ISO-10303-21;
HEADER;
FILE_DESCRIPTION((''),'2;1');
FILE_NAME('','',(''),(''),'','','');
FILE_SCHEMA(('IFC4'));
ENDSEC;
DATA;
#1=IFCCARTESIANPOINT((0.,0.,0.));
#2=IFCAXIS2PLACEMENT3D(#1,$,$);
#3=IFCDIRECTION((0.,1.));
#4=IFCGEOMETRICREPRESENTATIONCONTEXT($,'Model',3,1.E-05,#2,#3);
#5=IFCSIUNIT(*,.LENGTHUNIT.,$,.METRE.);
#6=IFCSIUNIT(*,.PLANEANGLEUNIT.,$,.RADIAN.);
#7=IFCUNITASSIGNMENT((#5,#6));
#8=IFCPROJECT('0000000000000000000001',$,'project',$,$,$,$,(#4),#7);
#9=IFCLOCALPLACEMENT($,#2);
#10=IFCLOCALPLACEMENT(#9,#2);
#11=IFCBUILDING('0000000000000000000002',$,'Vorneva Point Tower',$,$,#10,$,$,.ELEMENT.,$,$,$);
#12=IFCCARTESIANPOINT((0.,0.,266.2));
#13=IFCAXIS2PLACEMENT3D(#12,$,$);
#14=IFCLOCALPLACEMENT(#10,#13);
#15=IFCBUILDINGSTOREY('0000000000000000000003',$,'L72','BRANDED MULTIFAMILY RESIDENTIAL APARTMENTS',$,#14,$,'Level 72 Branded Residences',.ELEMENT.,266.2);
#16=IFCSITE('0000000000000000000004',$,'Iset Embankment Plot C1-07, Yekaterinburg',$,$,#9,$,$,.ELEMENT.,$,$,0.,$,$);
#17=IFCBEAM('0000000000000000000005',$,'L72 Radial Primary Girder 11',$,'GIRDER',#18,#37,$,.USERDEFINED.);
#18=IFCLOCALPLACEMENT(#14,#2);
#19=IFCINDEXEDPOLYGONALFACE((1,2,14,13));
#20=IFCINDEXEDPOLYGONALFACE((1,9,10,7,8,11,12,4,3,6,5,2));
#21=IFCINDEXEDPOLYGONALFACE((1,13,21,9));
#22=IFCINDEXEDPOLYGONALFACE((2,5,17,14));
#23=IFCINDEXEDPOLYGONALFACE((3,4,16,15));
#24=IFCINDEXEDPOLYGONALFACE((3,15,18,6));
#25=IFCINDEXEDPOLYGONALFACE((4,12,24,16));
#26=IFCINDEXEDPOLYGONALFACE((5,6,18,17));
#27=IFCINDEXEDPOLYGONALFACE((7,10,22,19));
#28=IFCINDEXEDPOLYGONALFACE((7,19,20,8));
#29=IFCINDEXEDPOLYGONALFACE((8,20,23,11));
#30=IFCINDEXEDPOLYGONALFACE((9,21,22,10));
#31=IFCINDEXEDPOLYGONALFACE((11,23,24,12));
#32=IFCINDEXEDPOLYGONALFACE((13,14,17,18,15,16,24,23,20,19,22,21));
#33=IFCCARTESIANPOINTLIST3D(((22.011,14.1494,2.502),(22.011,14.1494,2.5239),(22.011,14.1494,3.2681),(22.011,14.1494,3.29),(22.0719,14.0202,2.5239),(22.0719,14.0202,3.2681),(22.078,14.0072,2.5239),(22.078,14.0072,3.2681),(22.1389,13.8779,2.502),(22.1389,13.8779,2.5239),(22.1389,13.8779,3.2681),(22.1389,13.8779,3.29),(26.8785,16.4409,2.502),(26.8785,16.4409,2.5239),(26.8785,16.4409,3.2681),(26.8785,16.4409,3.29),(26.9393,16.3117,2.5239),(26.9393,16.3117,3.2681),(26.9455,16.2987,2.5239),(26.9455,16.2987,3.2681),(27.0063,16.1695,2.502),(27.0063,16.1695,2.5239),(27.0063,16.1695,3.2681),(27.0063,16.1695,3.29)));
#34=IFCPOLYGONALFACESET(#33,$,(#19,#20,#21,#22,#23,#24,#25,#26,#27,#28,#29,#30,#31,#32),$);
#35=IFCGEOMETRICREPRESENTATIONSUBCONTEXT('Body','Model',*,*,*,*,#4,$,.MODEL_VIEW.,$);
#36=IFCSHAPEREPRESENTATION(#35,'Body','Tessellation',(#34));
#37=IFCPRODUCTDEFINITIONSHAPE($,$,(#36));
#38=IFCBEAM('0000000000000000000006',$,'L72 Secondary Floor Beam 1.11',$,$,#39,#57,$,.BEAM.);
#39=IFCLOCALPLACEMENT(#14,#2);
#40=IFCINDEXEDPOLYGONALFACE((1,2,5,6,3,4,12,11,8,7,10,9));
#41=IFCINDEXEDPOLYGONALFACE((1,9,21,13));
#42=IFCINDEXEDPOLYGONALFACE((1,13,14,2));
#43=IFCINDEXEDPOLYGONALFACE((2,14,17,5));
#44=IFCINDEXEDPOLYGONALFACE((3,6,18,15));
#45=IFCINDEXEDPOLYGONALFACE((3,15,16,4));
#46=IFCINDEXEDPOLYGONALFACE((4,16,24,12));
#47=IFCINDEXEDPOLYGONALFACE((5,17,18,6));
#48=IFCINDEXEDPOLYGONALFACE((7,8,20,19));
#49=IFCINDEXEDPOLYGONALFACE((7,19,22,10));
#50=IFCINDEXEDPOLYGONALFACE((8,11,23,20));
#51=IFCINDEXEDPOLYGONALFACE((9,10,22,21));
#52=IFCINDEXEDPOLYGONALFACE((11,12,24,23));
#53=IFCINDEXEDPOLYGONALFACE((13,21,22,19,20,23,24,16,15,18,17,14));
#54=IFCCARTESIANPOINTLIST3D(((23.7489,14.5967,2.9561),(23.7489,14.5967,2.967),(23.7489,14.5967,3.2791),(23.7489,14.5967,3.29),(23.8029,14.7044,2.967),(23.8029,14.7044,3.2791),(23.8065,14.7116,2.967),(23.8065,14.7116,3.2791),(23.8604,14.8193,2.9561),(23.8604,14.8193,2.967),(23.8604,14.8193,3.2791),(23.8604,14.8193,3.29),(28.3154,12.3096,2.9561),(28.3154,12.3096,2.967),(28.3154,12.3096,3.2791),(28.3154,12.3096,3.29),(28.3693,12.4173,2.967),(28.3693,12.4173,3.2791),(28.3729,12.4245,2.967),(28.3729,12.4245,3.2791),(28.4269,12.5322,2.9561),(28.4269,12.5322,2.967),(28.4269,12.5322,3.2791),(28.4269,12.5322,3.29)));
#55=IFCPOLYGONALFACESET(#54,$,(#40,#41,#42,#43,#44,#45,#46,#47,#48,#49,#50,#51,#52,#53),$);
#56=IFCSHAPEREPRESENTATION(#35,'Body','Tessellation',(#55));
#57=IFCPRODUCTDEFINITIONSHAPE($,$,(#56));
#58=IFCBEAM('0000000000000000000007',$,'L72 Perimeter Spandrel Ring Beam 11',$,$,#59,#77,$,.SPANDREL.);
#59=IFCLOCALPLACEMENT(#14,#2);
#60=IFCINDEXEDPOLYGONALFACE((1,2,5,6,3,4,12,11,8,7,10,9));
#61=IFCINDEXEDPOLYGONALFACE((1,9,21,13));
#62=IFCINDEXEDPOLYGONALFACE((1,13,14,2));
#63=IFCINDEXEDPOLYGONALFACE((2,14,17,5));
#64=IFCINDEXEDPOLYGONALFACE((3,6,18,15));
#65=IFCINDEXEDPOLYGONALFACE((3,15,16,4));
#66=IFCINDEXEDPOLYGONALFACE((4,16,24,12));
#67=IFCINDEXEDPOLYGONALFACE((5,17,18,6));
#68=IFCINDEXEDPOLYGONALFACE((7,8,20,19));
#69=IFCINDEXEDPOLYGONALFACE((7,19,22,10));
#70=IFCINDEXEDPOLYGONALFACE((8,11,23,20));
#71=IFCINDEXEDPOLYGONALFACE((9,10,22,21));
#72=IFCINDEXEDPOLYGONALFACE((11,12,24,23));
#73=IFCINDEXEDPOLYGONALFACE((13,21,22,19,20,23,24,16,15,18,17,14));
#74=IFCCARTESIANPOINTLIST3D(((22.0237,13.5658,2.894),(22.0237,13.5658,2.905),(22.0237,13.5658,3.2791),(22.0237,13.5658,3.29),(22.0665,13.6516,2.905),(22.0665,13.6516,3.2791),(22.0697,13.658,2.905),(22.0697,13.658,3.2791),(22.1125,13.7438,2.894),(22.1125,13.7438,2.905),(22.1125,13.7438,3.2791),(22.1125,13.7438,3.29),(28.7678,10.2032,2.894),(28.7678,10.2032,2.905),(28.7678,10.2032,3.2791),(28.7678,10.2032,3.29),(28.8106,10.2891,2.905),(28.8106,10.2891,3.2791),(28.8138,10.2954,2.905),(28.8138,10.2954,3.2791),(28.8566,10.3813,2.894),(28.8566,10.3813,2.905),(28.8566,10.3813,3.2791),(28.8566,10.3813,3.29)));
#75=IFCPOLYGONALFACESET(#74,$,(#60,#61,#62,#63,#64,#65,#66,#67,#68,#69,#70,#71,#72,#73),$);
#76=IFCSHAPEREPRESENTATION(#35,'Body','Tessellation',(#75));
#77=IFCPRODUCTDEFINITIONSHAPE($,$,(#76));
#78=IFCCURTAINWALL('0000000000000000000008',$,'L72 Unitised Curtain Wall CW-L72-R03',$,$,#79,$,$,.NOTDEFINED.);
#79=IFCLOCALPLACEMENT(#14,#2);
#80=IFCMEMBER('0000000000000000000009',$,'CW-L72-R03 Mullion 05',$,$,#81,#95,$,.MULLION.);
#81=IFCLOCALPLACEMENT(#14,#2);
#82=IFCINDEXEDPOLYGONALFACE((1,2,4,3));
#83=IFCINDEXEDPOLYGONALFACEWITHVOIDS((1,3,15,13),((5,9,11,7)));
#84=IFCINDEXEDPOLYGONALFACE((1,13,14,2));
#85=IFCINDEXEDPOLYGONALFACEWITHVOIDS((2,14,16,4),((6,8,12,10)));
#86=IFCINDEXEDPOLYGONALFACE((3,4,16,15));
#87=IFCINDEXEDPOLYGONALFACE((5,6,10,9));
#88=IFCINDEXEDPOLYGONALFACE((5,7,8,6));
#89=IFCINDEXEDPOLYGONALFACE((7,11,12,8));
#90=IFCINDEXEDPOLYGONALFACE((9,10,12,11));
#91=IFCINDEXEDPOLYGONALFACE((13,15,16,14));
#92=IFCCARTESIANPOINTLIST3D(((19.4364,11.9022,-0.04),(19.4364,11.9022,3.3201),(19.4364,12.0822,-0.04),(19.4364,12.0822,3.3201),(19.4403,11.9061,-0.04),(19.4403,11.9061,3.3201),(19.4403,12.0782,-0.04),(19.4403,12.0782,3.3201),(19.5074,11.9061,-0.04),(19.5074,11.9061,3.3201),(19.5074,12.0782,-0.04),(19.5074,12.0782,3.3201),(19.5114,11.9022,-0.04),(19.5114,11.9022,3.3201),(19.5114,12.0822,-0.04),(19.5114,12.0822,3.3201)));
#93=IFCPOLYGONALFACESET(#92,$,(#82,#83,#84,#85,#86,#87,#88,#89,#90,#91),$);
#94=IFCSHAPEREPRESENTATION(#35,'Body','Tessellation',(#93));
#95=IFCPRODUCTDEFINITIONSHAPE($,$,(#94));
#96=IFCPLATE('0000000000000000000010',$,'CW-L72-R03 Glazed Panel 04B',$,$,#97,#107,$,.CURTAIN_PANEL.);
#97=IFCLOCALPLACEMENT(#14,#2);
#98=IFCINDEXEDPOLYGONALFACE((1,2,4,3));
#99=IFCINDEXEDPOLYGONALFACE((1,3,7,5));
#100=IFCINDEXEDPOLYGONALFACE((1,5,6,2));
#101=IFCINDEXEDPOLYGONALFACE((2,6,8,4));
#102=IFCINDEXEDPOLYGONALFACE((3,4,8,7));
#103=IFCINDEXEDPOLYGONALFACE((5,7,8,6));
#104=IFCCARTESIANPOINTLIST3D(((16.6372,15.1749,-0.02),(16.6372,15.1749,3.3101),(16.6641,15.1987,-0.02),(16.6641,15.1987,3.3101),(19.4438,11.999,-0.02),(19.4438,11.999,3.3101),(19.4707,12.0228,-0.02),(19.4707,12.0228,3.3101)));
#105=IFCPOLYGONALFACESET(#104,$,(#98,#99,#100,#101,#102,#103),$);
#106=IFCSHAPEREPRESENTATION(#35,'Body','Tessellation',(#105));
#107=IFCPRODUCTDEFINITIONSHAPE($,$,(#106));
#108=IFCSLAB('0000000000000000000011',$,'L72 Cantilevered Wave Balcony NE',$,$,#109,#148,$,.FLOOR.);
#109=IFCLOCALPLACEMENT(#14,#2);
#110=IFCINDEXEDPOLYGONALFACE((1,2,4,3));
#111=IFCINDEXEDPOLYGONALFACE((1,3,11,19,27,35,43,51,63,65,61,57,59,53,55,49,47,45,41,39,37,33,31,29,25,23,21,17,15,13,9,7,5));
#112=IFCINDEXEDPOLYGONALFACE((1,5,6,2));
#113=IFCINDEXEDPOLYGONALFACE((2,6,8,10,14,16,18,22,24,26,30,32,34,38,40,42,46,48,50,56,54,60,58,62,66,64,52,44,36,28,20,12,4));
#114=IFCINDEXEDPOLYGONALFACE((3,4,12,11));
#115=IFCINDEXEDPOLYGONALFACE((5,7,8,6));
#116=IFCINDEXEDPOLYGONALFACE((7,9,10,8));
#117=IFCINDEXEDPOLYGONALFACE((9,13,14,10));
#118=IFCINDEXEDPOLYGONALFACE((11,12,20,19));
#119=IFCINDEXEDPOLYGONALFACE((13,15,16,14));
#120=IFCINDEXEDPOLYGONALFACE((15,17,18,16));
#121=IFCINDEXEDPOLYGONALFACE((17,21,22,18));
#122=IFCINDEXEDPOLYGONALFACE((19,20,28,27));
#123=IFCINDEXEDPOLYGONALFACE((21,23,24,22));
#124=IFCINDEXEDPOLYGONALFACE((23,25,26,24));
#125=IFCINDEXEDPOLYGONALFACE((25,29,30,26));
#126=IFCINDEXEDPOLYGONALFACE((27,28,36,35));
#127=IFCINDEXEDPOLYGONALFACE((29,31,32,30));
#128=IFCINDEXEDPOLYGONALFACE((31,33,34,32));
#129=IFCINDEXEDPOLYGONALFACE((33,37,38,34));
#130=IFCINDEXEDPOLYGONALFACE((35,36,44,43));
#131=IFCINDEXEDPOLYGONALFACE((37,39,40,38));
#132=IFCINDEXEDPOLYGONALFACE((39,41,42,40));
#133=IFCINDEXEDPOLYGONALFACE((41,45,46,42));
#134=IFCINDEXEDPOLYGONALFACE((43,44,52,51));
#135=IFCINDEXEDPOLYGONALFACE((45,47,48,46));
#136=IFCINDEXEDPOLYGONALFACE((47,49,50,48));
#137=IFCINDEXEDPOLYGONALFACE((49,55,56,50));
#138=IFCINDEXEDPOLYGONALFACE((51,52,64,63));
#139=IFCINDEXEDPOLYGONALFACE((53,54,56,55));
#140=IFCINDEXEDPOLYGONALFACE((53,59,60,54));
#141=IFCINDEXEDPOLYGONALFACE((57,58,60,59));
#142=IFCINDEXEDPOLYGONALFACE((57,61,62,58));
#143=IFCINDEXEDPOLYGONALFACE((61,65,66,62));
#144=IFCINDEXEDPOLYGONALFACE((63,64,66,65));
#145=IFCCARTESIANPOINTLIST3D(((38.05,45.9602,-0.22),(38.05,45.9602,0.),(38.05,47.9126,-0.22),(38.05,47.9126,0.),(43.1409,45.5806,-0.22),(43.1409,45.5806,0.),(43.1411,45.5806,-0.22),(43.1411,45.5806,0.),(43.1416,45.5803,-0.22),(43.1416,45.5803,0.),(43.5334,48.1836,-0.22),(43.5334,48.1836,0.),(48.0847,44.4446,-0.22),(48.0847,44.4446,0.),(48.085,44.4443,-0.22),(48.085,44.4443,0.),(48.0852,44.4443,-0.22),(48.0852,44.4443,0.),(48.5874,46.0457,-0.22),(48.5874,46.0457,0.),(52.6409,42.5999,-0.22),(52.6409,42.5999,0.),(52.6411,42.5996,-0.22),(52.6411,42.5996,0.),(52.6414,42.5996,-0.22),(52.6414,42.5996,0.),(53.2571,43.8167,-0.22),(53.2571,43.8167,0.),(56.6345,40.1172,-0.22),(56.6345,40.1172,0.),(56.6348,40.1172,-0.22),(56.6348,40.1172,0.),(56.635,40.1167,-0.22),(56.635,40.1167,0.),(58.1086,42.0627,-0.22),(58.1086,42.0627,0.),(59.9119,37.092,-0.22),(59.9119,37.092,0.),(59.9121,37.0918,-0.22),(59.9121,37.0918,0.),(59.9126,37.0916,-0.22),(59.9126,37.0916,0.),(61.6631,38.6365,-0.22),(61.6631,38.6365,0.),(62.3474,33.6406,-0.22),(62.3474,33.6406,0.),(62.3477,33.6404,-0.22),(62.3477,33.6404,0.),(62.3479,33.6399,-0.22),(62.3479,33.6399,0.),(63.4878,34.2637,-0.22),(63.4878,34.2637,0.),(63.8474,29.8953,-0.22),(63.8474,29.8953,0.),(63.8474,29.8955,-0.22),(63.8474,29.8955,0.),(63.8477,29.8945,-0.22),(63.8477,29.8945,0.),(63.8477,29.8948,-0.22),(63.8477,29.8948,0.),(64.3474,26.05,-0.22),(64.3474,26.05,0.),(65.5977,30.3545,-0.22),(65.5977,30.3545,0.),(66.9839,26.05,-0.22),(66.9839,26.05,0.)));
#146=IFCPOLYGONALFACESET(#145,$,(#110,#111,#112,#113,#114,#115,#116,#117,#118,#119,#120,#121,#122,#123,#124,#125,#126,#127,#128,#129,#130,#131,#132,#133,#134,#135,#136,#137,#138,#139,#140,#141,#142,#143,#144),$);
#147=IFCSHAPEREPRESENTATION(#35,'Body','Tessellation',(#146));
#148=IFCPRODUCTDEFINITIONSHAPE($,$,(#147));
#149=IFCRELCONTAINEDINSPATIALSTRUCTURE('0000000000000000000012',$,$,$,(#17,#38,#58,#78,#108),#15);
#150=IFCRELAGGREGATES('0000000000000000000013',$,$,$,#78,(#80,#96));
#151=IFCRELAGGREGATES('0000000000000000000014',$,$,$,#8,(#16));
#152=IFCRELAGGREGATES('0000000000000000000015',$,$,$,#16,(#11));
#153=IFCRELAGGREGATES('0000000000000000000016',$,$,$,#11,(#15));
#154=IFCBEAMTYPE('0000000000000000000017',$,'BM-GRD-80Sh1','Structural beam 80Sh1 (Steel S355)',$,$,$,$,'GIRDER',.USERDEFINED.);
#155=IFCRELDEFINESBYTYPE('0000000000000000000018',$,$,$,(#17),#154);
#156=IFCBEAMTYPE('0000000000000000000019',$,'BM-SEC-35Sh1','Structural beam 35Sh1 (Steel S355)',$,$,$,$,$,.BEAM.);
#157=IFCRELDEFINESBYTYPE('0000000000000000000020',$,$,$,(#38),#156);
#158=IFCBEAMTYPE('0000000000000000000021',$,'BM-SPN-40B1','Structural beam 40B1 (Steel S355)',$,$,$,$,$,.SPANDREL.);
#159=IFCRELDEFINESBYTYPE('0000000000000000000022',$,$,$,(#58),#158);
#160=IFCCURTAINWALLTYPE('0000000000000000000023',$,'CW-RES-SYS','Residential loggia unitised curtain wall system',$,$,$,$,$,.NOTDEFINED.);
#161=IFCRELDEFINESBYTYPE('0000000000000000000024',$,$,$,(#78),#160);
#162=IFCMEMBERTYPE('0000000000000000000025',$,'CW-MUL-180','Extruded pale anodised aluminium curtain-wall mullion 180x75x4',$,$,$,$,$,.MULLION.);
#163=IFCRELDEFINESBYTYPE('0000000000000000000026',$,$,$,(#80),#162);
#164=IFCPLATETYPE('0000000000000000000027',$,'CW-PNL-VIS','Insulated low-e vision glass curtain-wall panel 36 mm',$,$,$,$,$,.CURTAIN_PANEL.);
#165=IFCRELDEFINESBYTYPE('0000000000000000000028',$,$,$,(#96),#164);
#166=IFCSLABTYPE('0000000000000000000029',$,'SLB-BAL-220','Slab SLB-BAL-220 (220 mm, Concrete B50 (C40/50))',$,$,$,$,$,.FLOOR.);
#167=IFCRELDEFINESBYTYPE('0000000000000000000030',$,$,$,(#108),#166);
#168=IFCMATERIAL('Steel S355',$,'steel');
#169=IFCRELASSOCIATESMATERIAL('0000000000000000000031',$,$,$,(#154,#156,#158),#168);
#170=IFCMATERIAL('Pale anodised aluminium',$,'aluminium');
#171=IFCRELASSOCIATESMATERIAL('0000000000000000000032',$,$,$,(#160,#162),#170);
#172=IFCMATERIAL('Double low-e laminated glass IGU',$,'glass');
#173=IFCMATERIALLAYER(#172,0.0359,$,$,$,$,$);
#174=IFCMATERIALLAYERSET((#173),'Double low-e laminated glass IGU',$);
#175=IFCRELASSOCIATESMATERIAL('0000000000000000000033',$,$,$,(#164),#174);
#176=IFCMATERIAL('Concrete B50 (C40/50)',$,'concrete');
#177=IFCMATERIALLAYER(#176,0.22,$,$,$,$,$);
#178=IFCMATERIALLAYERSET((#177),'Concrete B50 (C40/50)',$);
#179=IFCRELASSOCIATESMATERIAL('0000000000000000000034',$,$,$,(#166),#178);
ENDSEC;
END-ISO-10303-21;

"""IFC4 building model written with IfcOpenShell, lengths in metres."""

from ifc_helpers import new_model, si_unit, direction, frame, origin, origin_2d, place, context, subcontext, project, spatial, polyline, rectangle, hollow_rectangle, i_section, outline, extrude, material, layer, layer_set, material_profile, profile_set, type_object, element, aggregate, save


model = new_model("IFC4")

# Units and contexts
model_context = context("Model", 3, precision=1e-05, world=origin(), true_north=direction((0.0, 1.0)))
body_context = subcontext(model_context, "Body", "Model", "MODEL_VIEW")
ifc_project = project(units=[si_unit("LENGTHUNIT", "METRE"), si_unit("PLANEANGLEUNIT", "RADIAN")], contexts=[model_context])

# Site, building, storey
site_placement = place(None, origin())
site = spatial("IfcSite", under=ifc_project, at=site_placement, Name="Iset Embankment Plot C1-07, Yekaterinburg", CompositionType="ELEMENT", RefElevation=0.0)
building_placement = place(site_placement, origin())
building = spatial("IfcBuilding", under=site, at=building_placement, Name="Vorneva Point Tower", CompositionType="ELEMENT")
storey_placement = place(building_placement, frame((0.0, 0.0, 266.2)))
storey = spatial("IfcBuildingStorey", under=building, at=storey_placement, Name="L72", Description="BRANDED MULTIFAMILY RESIDENTIAL APARTMENTS", LongName="Level 72 Branded Residences", CompositionType="ELEMENT", Elevation=266.2)

# Shared definitions
ifc_material_1 = material(Name="Concrete B50 (C40/50)", Category="concrete")

# Beams
ifc_material_2 = material(Name="Steel S355", Category="steel")
ifc_material_profile_1 = material_profile(ifc_material_2, i_section(OverallWidth=0.3, OverallDepth=0.7881, WebThickness=0.0144, FlangeThickness=0.022, at=origin_2d()), Name="80Sh1")
ifc_profile_set_1 = profile_set([ifc_material_profile_1], Name="Steel S355")
beam_type_1 = type_object("IfcBeamType", Name="BM-GRD-80Sh1", Description="Structural beam 80Sh1 (Steel S355)", ElementType="GIRDER", PredefinedType="USERDEFINED", material=ifc_profile_set_1)
beam_1_placement = place(storey_placement, frame((22.075, 14.0137, 2.896), z_axis=(0.904751, 0.425941, 0.0), x_axis=(-0.425941, 0.904751, 0.0)))
element("IfcBeam", 1, at=beam_1_placement, inside=storey, type_object=beam_type_1, Name="L72 Radial Primary Girder 11", ObjectType="GIRDER", PredefinedType="USERDEFINED", context=body_context, shape_type="SweptSolid", body=[
    extrude(i_section(OverallWidth=0.3, OverallDepth=0.7881, WebThickness=0.0144, FlangeThickness=0.022, at=origin_2d()), origin(), (0.0, 0.0, 1.0), 5.3799),
])
ifc_material_profile_2 = material_profile(ifc_material_2, i_section(OverallWidth=0.249, OverallDepth=0.334, WebThickness=0.0081, FlangeThickness=0.011, at=origin_2d()), Name="35Sh1")
ifc_profile_set_2 = profile_set([ifc_material_profile_2], Name="Steel S355")
beam_type_2 = type_object("IfcBeamType", Name="BM-SEC-35Sh1", Description="Structural beam 35Sh1 (Steel S355)", PredefinedType="BEAM", material=ifc_profile_set_2)
beam_2_placement = place(storey_placement, frame((23.8047, 14.708, 3.123), z_axis=(0.894121, -0.447825, 0.0), x_axis=(0.447825, 0.894121, 0.0)))
element("IfcBeam", 2, at=beam_2_placement, inside=storey, type_object=beam_type_2, Name="L72 Secondary Floor Beam 1.11", PredefinedType="BEAM", context=body_context, shape_type="SweptSolid", body=[
    extrude(i_section(OverallWidth=0.249, OverallDepth=0.334, WebThickness=0.0081, FlangeThickness=0.011, at=origin_2d()), origin(), (0.0, 0.0, 1.0), 5.1072),
])
ifc_material_profile_3 = material_profile(ifc_material_2, i_section(OverallWidth=0.199, OverallDepth=0.396, WebThickness=0.0071, FlangeThickness=0.011, at=origin_2d()), Name="40B1")
ifc_profile_set_3 = profile_set([ifc_material_profile_3], Name="Steel S355")
beam_type_3 = type_object("IfcBeamType", Name="BM-SPN-40B1", Description="Structural beam 40B1 (Steel S355)", PredefinedType="SPANDREL", material=ifc_profile_set_3)
beam_3_placement = place(storey_placement, frame((22.0681, 13.6548, 3.092), z_axis=(0.894932, -0.446203, 0.0), x_axis=(0.446203, 0.894932, 0.0)))
element("IfcBeam", 3, at=beam_3_placement, inside=storey, type_object=beam_type_3, Name="L72 Perimeter Spandrel Ring Beam 11", PredefinedType="SPANDREL", context=body_context, shape_type="SweptSolid", body=[
    extrude(i_section(OverallWidth=0.199, OverallDepth=0.396, WebThickness=0.0071, FlangeThickness=0.011, at=origin_2d()), origin(), (0.0, 0.0, 1.0), 7.5359),
])

# Curtain wall, member, plate
ifc_material_3 = material(Name="Pale anodised aluminium", Category="aluminium")
curtain_wall_type = type_object("IfcCurtainWallType", Name="CW-RES-SYS", Description="Residential loggia unitised curtain wall system", PredefinedType="NOTDEFINED", material=ifc_material_3)
curtain_wall_placement = place(storey_placement, origin())
curtain_wall = element("IfcCurtainWall", 4, at=curtain_wall_placement, inside=storey, type_object=curtain_wall_type, Name="L72 Unitised Curtain Wall CW-L72-R03", PredefinedType="NOTDEFINED")
ifc_material_profile_4 = material_profile(ifc_material_3, hollow_rectangle(XDim=0.075, YDim=0.1799, WallThickness=0.0039, at=origin_2d()), Name="AL-MUL 180x75x4")
ifc_profile_set_4 = profile_set([ifc_material_profile_4], Name="Pale anodised aluminium")
member_type = type_object("IfcMemberType", Name="CW-MUL-180", Description="Extruded pale anodised aluminium curtain-wall mullion 180x75x4", PredefinedType="MULLION", material=ifc_profile_set_4)
member_placement = place(storey_placement, frame((19.4739, 11.9922, -0.04), z_axis=(0.0, 0.0, 1.0), x_axis=(1.0, 0.0, 0.0)))
member = element("IfcMember", 5, at=member_placement, type_object=member_type, Name="CW-L72-R03 Mullion 05", PredefinedType="MULLION", context=body_context, shape_type="SweptSolid", body=[
    extrude(hollow_rectangle(XDim=0.075, YDim=0.1799, WallThickness=0.0039, at=origin_2d()), origin(), (0.0, 0.0, 1.0), 3.3601),
])
ifc_material_4 = material(Name="Double low-e laminated glass IGU", Category="glass")
ifc_layer_1 = layer(ifc_material_4, 0.0359)
ifc_layer_set_1 = layer_set([ifc_layer_1], Name="Double low-e laminated glass IGU")
plate_type = type_object("IfcPlateType", Name="CW-PNL-VIS", Description="Insulated low-e vision glass curtain-wall panel 36 mm", PredefinedType="CURTAIN_PANEL", material=ifc_layer_set_1)
plate_placement = place(storey_placement, frame((18.054, 13.5989, -0.02), z_axis=(0.0, 0.0, 1.0), x_axis=(0.662189, -0.749337, 0.0)))
plate = element("IfcPlate", 6, at=plate_placement, type_object=plate_type, Name="CW-L72-R03 Glazed Panel 04B", PredefinedType="CURTAIN_PANEL", context=body_context, shape_type="SweptSolid", body=[
    extrude(rectangle(XDim=4.2383, YDim=0.0359, at=origin_2d()), origin(), (0.0, 0.0, 1.0), 3.3301),
])
aggregate(curtain_wall, [member, plate])

# Slab
ifc_layer_2 = layer(ifc_material_1, 0.22)
ifc_layer_set_2 = layer_set([ifc_layer_2], Name="Concrete B50 (C40/50)")
slab_type_1 = type_object("IfcSlabType", Name="SLB-BAL-220", Description="Slab SLB-BAL-220 (220 mm, Concrete B50 (C40/50))", PredefinedType="FLOOR", material=ifc_layer_set_2)
slab_1_placement = place(storey_placement, frame((0.0, 0.0, -0.22)))
element("IfcSlab", 7, at=slab_1_placement, inside=storey, type_object=slab_type_1, Name="L72 Cantilevered Wave Balcony NE", PredefinedType="FLOOR", context=body_context, shape_type="SweptSolid", body=[
    extrude(outline(polyline([(38.05, 47.9126), (38.05, 45.9602), (43.1409, 45.5806), (43.1411, 45.5806), (43.1416, 45.5803), (48.0847, 44.4446), (48.085, 44.4443), (48.0852, 44.4443), (52.6409, 42.5999), (52.6411, 42.5996), (52.6414, 42.5996), (56.6345, 40.1172), (56.6348, 40.1172), (56.635, 40.1167), (59.9119, 37.092), (59.9121, 37.0918), (59.9126, 37.0916), (62.3474, 33.6406), (62.3477, 33.6404), (62.3479, 33.6399), (63.8474, 29.8955), (63.8474, 29.8953), (63.8477, 29.8948), (63.8477, 29.8945), (64.3474, 26.05), (66.9839, 26.05), (65.5977, 30.3545), (63.4878, 34.2637), (61.6631, 38.6365), (58.1086, 42.0627), (53.2571, 43.8167), (48.5874, 46.0457), (43.5334, 48.1836), (38.05, 47.9126)])), origin(), (0.0, 0.0, 1.0), 0.22),
])

save(model, "model.ifc")
